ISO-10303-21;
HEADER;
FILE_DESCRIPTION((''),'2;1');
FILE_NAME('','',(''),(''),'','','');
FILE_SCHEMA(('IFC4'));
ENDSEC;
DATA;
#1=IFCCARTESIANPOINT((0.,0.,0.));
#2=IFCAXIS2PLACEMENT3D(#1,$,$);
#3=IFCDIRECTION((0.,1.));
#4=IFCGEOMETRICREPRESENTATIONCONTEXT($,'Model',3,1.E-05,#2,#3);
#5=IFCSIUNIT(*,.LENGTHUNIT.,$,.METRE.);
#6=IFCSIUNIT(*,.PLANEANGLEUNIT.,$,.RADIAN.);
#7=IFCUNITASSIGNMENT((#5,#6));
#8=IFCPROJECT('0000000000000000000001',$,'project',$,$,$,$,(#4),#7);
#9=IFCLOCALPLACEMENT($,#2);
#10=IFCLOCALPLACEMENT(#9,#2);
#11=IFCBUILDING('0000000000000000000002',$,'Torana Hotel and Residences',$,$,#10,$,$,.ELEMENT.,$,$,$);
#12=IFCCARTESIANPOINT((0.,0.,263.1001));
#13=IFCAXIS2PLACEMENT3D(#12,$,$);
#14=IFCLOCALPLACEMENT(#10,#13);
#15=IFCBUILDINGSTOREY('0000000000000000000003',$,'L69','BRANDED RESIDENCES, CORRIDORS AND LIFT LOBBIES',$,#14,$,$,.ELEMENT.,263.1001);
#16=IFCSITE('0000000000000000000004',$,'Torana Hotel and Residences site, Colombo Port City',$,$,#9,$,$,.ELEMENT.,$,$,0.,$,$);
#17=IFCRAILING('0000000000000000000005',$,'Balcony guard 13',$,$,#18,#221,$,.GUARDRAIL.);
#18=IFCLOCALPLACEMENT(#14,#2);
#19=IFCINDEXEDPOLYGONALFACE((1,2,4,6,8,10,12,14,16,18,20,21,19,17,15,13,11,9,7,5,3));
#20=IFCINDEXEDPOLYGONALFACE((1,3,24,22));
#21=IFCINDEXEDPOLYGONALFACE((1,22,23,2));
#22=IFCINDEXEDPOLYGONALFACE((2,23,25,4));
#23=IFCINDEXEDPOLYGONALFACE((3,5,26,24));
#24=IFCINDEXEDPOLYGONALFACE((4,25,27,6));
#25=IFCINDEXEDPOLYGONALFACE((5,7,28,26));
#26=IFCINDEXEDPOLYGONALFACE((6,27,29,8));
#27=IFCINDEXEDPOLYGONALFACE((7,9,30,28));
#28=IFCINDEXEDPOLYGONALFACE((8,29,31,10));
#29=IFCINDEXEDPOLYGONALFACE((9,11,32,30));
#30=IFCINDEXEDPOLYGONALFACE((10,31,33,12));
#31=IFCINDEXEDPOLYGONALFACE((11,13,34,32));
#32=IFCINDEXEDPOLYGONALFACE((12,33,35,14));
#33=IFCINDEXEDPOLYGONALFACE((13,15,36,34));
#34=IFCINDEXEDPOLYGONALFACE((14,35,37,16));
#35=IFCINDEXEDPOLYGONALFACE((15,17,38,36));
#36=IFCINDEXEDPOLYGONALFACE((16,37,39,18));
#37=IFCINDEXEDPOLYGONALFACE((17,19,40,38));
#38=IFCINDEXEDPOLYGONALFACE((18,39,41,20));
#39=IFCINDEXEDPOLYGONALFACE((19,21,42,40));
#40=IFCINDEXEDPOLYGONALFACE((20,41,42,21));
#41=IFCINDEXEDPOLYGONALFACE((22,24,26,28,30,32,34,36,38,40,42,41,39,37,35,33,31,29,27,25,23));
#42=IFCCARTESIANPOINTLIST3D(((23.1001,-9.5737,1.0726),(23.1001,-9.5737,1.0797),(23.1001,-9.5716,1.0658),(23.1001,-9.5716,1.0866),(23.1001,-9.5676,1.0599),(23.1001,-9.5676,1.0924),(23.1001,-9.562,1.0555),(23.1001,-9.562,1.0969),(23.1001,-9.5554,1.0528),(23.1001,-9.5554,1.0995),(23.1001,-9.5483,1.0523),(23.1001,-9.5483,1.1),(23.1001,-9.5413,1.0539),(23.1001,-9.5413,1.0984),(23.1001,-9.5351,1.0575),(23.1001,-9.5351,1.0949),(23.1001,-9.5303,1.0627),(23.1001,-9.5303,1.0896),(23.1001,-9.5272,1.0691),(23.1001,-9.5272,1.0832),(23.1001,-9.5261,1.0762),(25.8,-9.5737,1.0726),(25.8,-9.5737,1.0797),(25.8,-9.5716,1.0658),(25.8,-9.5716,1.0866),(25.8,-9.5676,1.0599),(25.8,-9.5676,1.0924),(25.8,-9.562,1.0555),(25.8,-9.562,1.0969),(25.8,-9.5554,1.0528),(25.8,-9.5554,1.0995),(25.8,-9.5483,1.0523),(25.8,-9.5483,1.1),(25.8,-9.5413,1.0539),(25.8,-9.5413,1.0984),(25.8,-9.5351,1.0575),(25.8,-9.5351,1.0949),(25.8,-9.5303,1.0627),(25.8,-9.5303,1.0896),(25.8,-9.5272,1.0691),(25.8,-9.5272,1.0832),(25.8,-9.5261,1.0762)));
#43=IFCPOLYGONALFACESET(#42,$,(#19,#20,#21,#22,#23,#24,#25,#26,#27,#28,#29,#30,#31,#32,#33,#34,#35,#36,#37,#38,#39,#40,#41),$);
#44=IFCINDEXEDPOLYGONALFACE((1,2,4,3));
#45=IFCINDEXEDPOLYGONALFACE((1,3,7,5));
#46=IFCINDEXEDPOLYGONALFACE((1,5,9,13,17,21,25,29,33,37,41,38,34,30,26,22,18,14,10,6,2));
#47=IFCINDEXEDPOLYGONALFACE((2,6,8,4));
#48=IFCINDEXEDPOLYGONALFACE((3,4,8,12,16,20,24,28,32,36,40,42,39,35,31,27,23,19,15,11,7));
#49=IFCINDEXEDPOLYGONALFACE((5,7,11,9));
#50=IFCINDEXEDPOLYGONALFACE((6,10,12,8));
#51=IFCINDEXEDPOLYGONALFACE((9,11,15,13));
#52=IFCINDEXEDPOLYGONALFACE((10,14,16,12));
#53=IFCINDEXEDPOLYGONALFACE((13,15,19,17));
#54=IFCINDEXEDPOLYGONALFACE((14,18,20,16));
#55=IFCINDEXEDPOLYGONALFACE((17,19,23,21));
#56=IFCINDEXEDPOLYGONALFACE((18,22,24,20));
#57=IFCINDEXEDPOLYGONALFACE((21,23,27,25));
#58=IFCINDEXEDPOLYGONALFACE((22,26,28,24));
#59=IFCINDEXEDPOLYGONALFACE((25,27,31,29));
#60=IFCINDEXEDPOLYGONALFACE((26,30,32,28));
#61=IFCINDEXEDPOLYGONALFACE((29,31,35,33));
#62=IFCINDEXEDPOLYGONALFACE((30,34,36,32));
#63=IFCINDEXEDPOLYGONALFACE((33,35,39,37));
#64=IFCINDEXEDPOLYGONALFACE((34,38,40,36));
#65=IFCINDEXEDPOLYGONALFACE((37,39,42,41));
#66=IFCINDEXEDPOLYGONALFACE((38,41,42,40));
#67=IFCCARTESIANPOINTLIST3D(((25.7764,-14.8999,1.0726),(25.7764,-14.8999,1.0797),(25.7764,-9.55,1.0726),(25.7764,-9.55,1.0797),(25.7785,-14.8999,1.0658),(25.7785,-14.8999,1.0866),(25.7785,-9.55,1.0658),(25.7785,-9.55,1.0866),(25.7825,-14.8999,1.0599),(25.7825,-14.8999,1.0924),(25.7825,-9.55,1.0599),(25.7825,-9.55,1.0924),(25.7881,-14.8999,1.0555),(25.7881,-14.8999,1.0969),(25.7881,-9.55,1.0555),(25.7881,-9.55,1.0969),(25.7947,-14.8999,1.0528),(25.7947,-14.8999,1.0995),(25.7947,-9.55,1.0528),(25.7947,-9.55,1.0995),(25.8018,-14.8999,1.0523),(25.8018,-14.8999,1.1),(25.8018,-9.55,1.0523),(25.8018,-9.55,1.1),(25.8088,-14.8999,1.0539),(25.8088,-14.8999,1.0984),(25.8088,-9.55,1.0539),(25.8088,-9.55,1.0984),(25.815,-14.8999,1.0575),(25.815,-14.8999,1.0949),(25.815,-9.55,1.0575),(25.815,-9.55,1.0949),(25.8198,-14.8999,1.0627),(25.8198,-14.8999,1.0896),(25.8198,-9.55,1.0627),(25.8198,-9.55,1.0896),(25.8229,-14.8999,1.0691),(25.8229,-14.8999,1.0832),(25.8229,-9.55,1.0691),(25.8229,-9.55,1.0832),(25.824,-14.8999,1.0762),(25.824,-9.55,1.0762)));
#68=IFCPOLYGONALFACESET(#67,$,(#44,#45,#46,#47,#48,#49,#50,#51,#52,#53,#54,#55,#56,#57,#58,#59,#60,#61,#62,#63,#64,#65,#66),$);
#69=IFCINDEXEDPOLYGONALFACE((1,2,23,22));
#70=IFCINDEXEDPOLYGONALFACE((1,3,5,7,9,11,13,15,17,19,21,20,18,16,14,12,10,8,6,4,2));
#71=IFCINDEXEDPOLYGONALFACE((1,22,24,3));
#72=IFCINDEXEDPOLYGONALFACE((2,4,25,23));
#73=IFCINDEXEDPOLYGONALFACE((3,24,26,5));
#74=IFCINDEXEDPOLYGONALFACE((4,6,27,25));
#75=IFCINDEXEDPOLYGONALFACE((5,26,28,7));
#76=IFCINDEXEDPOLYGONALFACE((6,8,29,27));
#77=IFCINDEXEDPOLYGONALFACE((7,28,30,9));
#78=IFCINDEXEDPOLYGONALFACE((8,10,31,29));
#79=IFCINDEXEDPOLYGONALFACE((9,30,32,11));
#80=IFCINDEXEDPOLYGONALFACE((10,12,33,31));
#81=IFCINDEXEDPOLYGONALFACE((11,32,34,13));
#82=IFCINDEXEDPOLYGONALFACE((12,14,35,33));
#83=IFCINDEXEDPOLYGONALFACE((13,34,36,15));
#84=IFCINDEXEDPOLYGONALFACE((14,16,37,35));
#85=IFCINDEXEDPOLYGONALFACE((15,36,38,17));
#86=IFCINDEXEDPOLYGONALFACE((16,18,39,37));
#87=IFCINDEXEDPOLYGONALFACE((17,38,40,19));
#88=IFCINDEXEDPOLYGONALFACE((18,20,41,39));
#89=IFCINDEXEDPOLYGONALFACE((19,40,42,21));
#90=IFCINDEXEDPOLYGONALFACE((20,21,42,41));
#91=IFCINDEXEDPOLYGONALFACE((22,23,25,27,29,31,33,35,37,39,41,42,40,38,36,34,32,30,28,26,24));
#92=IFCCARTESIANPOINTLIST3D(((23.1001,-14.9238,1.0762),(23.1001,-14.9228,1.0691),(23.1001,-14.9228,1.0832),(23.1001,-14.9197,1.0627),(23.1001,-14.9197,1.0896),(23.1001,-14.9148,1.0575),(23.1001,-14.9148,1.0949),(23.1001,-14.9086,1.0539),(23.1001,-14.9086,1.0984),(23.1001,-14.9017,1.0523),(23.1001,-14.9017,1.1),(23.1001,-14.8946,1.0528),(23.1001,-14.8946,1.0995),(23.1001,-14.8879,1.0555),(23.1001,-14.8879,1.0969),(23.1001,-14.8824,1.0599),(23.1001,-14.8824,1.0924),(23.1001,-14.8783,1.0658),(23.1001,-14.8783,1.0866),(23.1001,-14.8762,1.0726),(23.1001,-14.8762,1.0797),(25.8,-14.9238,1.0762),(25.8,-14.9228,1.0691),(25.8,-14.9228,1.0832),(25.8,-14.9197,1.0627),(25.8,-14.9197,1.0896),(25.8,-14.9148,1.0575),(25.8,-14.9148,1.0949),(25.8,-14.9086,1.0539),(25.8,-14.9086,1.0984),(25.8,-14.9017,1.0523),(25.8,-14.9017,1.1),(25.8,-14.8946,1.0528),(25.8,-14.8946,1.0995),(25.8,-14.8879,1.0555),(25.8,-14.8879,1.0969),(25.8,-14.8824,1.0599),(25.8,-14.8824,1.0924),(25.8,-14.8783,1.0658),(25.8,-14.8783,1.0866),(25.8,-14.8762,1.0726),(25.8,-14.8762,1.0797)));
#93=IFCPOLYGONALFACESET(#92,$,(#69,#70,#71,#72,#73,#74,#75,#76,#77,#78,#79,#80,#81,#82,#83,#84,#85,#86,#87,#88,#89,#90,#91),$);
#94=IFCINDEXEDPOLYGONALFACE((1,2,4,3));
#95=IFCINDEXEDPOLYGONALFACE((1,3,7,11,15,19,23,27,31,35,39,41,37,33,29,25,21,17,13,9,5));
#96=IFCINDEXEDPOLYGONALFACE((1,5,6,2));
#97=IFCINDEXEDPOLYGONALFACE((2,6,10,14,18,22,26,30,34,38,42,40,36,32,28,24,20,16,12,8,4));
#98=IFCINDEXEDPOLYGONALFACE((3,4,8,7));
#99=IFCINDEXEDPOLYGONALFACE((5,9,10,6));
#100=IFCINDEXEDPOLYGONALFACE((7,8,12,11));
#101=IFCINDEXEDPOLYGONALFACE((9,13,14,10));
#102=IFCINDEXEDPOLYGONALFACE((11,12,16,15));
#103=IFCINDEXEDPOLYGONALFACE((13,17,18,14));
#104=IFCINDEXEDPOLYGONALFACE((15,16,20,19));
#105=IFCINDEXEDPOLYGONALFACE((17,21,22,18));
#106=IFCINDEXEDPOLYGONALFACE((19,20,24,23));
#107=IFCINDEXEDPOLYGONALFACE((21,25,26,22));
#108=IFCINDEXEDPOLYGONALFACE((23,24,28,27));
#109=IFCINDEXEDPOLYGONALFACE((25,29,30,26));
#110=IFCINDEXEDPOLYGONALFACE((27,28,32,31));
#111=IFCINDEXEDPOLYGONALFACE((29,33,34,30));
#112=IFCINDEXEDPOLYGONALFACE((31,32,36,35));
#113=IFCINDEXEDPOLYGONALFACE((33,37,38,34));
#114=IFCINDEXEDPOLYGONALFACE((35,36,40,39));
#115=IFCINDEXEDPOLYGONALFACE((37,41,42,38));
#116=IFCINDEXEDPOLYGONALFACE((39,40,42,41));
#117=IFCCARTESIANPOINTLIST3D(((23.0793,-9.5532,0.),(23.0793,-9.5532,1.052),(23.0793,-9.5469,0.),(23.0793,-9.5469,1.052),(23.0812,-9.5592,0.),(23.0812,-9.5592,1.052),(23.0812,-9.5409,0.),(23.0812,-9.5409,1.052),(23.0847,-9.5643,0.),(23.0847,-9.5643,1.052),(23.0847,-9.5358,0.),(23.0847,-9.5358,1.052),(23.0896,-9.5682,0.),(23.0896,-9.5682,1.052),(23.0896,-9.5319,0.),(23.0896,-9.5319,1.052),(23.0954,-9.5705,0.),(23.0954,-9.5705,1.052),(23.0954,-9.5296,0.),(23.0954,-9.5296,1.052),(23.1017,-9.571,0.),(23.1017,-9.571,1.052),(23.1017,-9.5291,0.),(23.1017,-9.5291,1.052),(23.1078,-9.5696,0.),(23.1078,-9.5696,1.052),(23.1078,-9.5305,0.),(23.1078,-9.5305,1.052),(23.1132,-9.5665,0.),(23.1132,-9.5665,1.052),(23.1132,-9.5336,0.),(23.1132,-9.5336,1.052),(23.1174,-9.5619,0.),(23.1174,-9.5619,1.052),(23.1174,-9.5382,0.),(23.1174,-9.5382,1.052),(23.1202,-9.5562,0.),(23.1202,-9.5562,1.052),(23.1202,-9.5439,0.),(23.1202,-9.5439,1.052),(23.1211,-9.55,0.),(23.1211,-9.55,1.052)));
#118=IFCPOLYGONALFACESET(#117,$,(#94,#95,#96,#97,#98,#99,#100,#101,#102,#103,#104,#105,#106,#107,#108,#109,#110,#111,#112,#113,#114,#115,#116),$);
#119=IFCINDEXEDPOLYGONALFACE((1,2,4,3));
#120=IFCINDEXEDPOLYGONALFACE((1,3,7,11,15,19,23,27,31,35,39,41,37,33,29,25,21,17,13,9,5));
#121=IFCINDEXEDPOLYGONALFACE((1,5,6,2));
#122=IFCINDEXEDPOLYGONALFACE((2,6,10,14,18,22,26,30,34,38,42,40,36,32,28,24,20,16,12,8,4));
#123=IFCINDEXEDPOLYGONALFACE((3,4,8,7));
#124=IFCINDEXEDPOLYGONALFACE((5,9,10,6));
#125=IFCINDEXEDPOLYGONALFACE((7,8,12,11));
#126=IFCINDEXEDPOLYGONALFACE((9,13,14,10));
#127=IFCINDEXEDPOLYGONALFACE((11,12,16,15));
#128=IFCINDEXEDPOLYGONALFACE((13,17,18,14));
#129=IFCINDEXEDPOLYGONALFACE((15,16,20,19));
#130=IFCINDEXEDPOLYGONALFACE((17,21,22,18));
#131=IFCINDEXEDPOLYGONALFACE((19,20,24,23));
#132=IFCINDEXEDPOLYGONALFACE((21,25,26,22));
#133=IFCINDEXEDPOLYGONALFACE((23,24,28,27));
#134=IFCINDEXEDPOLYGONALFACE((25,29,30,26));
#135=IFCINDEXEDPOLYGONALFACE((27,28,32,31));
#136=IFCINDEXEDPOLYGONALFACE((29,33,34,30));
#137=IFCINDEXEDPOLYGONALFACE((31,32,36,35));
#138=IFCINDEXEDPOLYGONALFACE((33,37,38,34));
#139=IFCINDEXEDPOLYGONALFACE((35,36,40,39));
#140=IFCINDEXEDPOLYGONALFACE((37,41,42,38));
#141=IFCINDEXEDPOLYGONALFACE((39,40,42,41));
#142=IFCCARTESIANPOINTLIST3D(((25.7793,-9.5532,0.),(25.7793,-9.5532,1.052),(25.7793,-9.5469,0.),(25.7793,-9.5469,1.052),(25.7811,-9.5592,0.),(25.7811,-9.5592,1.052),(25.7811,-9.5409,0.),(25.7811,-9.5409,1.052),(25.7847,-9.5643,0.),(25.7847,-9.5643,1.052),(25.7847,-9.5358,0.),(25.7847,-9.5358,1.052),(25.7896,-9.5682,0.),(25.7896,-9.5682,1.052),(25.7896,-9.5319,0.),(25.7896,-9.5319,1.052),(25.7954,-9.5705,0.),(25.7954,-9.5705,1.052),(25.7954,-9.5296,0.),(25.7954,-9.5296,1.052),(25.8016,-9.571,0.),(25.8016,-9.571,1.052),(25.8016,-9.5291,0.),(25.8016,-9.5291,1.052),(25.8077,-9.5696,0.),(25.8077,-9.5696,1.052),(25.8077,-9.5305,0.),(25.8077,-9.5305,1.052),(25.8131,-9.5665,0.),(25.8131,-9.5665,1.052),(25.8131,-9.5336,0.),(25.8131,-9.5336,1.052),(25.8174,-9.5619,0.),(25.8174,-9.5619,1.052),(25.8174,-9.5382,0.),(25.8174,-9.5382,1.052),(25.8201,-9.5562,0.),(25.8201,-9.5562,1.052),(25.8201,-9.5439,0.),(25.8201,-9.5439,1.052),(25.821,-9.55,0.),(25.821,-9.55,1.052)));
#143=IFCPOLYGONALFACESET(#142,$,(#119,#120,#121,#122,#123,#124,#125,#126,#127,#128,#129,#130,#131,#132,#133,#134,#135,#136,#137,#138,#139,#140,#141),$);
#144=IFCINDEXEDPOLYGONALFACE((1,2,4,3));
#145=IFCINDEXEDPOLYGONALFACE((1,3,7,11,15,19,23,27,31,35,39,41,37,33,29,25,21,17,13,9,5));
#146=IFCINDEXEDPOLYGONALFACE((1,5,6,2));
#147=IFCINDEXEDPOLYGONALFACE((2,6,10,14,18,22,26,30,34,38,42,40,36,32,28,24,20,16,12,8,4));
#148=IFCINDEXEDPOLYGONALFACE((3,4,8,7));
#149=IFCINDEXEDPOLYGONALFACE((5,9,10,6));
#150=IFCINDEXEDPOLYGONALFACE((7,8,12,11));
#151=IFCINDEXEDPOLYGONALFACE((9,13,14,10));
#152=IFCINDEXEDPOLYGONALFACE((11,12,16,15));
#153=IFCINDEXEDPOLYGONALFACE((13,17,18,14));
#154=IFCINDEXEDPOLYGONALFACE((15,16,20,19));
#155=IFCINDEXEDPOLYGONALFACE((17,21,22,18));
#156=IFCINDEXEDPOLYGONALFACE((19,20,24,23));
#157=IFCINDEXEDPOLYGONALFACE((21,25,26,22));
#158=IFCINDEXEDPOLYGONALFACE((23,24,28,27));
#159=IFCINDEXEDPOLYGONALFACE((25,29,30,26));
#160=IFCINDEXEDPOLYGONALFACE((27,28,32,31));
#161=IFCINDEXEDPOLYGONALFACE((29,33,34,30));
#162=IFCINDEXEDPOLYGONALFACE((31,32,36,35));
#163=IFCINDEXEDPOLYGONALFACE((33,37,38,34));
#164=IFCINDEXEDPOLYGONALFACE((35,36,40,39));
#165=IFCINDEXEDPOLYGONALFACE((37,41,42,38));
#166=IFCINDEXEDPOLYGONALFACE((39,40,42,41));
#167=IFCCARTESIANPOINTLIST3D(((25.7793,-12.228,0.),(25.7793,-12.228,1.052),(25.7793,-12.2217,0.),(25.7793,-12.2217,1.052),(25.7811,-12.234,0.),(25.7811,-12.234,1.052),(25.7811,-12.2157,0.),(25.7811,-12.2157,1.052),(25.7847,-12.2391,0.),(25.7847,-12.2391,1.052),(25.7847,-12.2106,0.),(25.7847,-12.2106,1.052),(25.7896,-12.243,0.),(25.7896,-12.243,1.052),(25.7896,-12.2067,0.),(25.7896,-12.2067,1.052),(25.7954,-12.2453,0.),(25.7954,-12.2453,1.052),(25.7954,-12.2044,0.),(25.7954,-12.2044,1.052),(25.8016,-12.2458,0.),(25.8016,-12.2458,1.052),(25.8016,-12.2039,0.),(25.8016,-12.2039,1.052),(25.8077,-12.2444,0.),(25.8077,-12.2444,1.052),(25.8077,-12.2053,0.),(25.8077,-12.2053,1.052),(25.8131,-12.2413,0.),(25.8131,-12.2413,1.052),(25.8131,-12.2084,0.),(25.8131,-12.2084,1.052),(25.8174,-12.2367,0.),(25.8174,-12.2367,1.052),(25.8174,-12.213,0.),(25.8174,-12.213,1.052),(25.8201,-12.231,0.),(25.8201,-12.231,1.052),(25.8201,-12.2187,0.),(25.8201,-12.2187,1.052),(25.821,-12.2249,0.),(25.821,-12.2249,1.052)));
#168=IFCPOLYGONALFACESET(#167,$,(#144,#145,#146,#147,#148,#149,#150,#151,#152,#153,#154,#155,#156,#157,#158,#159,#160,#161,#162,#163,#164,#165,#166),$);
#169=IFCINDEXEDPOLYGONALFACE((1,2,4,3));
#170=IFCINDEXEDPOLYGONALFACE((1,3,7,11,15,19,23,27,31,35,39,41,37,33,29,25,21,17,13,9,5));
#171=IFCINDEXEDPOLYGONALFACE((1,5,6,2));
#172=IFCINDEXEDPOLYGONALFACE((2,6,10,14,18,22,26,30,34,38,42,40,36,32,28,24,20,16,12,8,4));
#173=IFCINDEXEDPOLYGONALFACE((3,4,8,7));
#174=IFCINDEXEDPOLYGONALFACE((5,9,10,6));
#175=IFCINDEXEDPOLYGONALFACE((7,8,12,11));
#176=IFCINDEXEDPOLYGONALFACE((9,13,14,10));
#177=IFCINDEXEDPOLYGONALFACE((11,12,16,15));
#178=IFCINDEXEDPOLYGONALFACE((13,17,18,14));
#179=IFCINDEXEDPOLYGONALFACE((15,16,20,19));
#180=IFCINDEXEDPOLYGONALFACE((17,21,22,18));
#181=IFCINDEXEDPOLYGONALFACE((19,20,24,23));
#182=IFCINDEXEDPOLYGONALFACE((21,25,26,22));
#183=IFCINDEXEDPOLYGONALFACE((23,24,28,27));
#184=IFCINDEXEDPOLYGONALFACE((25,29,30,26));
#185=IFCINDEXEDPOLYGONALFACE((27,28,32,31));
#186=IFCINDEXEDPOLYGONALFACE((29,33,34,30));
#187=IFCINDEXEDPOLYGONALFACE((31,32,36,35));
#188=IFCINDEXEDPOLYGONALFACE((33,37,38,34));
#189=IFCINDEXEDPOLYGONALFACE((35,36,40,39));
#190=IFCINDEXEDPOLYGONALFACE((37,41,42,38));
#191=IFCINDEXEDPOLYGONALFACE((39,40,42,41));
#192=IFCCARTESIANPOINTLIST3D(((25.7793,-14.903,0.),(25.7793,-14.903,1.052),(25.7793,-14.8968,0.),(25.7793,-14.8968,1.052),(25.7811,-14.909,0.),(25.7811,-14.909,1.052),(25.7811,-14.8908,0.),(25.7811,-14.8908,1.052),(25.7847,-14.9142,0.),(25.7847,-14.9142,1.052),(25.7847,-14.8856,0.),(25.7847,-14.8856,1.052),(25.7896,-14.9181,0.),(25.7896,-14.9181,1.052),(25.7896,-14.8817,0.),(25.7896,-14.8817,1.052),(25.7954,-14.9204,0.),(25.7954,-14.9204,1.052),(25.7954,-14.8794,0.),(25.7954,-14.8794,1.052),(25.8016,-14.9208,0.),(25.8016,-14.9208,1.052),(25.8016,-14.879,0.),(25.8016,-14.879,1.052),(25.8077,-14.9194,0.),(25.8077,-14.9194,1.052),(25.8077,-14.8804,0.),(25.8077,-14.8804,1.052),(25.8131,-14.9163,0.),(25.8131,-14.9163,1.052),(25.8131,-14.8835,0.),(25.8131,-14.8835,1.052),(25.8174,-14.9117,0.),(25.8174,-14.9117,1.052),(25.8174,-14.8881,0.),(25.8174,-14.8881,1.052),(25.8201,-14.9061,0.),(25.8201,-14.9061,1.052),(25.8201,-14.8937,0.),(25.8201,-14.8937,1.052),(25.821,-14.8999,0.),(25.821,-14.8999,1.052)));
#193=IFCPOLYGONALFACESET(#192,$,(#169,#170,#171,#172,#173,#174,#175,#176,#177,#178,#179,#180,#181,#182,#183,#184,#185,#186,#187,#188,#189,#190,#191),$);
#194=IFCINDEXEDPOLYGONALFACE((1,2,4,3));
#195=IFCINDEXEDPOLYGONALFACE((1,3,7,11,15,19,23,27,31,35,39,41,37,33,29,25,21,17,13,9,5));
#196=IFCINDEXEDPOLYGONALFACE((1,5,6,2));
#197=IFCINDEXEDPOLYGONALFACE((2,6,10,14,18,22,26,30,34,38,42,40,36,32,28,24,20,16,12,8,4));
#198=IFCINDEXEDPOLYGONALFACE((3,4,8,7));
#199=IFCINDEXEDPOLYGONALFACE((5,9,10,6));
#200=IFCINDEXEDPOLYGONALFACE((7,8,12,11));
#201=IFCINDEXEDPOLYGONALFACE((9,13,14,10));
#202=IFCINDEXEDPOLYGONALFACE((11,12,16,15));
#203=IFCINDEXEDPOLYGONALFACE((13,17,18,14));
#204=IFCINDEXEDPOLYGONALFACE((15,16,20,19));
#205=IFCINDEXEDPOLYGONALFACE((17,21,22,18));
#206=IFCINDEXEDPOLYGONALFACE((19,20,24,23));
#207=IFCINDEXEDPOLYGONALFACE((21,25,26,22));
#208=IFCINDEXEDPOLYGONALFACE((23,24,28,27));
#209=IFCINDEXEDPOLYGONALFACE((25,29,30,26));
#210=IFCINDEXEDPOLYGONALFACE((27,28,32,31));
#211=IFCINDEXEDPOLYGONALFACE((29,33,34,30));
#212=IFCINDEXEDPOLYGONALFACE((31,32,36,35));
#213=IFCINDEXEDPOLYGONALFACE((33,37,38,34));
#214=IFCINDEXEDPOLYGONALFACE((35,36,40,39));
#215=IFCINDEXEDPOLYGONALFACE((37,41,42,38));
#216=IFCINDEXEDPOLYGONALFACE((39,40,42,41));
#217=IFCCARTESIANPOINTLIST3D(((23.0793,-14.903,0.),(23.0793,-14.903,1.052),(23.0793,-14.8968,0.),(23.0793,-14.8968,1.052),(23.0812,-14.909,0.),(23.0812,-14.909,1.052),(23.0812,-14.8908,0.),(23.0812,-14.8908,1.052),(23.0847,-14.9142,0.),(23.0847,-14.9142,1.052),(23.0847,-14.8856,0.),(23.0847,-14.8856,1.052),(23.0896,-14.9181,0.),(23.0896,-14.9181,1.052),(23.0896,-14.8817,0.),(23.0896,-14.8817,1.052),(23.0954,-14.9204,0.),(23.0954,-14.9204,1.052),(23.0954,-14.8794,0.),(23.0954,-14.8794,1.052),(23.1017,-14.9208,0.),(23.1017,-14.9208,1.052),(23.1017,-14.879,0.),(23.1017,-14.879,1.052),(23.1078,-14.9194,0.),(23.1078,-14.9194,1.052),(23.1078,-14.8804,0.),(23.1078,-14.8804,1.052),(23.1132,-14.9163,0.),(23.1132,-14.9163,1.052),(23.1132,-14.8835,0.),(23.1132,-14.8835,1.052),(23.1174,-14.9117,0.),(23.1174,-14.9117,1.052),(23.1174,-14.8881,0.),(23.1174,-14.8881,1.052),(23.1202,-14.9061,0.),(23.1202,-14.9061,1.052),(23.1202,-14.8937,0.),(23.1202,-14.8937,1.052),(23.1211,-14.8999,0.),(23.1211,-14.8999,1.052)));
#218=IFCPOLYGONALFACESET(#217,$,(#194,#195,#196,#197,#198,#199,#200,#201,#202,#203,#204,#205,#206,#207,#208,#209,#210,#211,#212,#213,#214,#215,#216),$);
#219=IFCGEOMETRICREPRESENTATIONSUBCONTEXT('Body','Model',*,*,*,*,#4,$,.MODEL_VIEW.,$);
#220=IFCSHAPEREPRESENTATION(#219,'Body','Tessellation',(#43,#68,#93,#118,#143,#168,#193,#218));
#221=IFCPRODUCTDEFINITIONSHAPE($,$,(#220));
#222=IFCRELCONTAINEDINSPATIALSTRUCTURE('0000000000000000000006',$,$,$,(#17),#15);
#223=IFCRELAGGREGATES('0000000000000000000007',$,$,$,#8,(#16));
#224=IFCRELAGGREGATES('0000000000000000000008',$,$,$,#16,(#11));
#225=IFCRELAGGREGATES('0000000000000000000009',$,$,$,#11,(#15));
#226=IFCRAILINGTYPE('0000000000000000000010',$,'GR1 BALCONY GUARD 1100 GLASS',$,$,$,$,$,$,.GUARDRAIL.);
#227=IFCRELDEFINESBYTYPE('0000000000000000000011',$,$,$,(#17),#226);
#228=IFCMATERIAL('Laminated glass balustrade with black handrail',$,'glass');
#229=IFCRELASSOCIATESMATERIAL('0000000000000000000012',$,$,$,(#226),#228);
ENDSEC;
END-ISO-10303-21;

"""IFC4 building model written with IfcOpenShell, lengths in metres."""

from ifc_helpers import new_model, si_unit, direction, frame, origin, origin_2d, place, context, subcontext, project, spatial, circle, extrude, material, type_object, element, save


model = new_model("IFC4")

# Units and contexts
model_context = context("Model", 3, precision=1e-05, world=origin(), true_north=direction((0.0, 1.0)))
body_context = subcontext(model_context, "Body", "Model", "MODEL_VIEW")
ifc_project = project(units=[si_unit("LENGTHUNIT", "METRE"), si_unit("PLANEANGLEUNIT", "RADIAN")], contexts=[model_context])

# Site, building, storey
site_placement = place(None, origin())
site = spatial("IfcSite", under=ifc_project, at=site_placement, Name="Torana Hotel and Residences site, Colombo Port City", CompositionType="ELEMENT", RefElevation=0.0)
building_placement = place(site_placement, origin())
building = spatial("IfcBuilding", under=site, at=building_placement, Name="Torana Hotel and Residences", CompositionType="ELEMENT")
storey_placement = place(building_placement, frame((0.0, 0.0, 263.1001)))
storey = spatial("IfcBuildingStorey", under=building, at=storey_placement, Name="L69", Description="BRANDED RESIDENCES, CORRIDORS AND LIFT LOBBIES", CompositionType="ELEMENT", Elevation=263.1001)

# Railing
ifc_material_1 = material(Name="Laminated glass balustrade with black handrail", Category="glass")
railing_type = type_object("IfcRailingType", Name="GR1 BALCONY GUARD 1100 GLASS", PredefinedType="GUARDRAIL", material=ifc_material_1)
railing_1_placement = place(storey_placement, frame((23.1001, -9.55, 0.0)))
element("IfcRailing", 1, at=railing_1_placement, inside=storey, type_object=railing_type, Name="Balcony guard 13", PredefinedType="GUARDRAIL", context=body_context, shape_type="SweptSolid", body=[
    extrude(circle(Radius=0.0239, at=origin_2d()), frame((0.0, 0.0, 1.0762), z_axis=(1.0, 0.0, 0.0), x_axis=(0.0, 1.0, 0.0)), (0.0, 0.0, 1.0), 2.7),
    extrude(circle(Radius=0.0239, at=origin_2d()), frame((2.7, 0.0, 1.0762), z_axis=(0.0, -1.0, 0.0), x_axis=(1.0, 0.0, 0.0)), (0.0, 0.0, 1.0), 5.3499),
    extrude(circle(Radius=0.0239, at=origin_2d()), frame((2.7, -5.3499, 1.0762), z_axis=(-1.0, 0.0, 0.0), x_axis=(0.0, -1.0, 0.0)), (0.0, 0.0, 1.0), 2.7),
    extrude(circle(Radius=0.021, at=origin_2d()), origin(), (0.0, 0.0, 1.0), 1.052),
    extrude(circle(Radius=0.021, at=origin_2d()), frame((2.7, 0.0, 0.0)), (0.0, 0.0, 1.0), 1.052),
    extrude(circle(Radius=0.021, at=origin_2d()), frame((2.7, -2.6748, 0.0)), (0.0, 0.0, 1.0), 1.052),
    extrude(circle(Radius=0.021, at=origin_2d()), frame((2.7, -5.3499, 0.0)), (0.0, 0.0, 1.0), 1.052),
    extrude(circle(Radius=0.021, at=origin_2d()), frame((0.0, -5.3499, 0.0)), (0.0, 0.0, 1.0), 1.052),
])

save(model, "model.ifc")
